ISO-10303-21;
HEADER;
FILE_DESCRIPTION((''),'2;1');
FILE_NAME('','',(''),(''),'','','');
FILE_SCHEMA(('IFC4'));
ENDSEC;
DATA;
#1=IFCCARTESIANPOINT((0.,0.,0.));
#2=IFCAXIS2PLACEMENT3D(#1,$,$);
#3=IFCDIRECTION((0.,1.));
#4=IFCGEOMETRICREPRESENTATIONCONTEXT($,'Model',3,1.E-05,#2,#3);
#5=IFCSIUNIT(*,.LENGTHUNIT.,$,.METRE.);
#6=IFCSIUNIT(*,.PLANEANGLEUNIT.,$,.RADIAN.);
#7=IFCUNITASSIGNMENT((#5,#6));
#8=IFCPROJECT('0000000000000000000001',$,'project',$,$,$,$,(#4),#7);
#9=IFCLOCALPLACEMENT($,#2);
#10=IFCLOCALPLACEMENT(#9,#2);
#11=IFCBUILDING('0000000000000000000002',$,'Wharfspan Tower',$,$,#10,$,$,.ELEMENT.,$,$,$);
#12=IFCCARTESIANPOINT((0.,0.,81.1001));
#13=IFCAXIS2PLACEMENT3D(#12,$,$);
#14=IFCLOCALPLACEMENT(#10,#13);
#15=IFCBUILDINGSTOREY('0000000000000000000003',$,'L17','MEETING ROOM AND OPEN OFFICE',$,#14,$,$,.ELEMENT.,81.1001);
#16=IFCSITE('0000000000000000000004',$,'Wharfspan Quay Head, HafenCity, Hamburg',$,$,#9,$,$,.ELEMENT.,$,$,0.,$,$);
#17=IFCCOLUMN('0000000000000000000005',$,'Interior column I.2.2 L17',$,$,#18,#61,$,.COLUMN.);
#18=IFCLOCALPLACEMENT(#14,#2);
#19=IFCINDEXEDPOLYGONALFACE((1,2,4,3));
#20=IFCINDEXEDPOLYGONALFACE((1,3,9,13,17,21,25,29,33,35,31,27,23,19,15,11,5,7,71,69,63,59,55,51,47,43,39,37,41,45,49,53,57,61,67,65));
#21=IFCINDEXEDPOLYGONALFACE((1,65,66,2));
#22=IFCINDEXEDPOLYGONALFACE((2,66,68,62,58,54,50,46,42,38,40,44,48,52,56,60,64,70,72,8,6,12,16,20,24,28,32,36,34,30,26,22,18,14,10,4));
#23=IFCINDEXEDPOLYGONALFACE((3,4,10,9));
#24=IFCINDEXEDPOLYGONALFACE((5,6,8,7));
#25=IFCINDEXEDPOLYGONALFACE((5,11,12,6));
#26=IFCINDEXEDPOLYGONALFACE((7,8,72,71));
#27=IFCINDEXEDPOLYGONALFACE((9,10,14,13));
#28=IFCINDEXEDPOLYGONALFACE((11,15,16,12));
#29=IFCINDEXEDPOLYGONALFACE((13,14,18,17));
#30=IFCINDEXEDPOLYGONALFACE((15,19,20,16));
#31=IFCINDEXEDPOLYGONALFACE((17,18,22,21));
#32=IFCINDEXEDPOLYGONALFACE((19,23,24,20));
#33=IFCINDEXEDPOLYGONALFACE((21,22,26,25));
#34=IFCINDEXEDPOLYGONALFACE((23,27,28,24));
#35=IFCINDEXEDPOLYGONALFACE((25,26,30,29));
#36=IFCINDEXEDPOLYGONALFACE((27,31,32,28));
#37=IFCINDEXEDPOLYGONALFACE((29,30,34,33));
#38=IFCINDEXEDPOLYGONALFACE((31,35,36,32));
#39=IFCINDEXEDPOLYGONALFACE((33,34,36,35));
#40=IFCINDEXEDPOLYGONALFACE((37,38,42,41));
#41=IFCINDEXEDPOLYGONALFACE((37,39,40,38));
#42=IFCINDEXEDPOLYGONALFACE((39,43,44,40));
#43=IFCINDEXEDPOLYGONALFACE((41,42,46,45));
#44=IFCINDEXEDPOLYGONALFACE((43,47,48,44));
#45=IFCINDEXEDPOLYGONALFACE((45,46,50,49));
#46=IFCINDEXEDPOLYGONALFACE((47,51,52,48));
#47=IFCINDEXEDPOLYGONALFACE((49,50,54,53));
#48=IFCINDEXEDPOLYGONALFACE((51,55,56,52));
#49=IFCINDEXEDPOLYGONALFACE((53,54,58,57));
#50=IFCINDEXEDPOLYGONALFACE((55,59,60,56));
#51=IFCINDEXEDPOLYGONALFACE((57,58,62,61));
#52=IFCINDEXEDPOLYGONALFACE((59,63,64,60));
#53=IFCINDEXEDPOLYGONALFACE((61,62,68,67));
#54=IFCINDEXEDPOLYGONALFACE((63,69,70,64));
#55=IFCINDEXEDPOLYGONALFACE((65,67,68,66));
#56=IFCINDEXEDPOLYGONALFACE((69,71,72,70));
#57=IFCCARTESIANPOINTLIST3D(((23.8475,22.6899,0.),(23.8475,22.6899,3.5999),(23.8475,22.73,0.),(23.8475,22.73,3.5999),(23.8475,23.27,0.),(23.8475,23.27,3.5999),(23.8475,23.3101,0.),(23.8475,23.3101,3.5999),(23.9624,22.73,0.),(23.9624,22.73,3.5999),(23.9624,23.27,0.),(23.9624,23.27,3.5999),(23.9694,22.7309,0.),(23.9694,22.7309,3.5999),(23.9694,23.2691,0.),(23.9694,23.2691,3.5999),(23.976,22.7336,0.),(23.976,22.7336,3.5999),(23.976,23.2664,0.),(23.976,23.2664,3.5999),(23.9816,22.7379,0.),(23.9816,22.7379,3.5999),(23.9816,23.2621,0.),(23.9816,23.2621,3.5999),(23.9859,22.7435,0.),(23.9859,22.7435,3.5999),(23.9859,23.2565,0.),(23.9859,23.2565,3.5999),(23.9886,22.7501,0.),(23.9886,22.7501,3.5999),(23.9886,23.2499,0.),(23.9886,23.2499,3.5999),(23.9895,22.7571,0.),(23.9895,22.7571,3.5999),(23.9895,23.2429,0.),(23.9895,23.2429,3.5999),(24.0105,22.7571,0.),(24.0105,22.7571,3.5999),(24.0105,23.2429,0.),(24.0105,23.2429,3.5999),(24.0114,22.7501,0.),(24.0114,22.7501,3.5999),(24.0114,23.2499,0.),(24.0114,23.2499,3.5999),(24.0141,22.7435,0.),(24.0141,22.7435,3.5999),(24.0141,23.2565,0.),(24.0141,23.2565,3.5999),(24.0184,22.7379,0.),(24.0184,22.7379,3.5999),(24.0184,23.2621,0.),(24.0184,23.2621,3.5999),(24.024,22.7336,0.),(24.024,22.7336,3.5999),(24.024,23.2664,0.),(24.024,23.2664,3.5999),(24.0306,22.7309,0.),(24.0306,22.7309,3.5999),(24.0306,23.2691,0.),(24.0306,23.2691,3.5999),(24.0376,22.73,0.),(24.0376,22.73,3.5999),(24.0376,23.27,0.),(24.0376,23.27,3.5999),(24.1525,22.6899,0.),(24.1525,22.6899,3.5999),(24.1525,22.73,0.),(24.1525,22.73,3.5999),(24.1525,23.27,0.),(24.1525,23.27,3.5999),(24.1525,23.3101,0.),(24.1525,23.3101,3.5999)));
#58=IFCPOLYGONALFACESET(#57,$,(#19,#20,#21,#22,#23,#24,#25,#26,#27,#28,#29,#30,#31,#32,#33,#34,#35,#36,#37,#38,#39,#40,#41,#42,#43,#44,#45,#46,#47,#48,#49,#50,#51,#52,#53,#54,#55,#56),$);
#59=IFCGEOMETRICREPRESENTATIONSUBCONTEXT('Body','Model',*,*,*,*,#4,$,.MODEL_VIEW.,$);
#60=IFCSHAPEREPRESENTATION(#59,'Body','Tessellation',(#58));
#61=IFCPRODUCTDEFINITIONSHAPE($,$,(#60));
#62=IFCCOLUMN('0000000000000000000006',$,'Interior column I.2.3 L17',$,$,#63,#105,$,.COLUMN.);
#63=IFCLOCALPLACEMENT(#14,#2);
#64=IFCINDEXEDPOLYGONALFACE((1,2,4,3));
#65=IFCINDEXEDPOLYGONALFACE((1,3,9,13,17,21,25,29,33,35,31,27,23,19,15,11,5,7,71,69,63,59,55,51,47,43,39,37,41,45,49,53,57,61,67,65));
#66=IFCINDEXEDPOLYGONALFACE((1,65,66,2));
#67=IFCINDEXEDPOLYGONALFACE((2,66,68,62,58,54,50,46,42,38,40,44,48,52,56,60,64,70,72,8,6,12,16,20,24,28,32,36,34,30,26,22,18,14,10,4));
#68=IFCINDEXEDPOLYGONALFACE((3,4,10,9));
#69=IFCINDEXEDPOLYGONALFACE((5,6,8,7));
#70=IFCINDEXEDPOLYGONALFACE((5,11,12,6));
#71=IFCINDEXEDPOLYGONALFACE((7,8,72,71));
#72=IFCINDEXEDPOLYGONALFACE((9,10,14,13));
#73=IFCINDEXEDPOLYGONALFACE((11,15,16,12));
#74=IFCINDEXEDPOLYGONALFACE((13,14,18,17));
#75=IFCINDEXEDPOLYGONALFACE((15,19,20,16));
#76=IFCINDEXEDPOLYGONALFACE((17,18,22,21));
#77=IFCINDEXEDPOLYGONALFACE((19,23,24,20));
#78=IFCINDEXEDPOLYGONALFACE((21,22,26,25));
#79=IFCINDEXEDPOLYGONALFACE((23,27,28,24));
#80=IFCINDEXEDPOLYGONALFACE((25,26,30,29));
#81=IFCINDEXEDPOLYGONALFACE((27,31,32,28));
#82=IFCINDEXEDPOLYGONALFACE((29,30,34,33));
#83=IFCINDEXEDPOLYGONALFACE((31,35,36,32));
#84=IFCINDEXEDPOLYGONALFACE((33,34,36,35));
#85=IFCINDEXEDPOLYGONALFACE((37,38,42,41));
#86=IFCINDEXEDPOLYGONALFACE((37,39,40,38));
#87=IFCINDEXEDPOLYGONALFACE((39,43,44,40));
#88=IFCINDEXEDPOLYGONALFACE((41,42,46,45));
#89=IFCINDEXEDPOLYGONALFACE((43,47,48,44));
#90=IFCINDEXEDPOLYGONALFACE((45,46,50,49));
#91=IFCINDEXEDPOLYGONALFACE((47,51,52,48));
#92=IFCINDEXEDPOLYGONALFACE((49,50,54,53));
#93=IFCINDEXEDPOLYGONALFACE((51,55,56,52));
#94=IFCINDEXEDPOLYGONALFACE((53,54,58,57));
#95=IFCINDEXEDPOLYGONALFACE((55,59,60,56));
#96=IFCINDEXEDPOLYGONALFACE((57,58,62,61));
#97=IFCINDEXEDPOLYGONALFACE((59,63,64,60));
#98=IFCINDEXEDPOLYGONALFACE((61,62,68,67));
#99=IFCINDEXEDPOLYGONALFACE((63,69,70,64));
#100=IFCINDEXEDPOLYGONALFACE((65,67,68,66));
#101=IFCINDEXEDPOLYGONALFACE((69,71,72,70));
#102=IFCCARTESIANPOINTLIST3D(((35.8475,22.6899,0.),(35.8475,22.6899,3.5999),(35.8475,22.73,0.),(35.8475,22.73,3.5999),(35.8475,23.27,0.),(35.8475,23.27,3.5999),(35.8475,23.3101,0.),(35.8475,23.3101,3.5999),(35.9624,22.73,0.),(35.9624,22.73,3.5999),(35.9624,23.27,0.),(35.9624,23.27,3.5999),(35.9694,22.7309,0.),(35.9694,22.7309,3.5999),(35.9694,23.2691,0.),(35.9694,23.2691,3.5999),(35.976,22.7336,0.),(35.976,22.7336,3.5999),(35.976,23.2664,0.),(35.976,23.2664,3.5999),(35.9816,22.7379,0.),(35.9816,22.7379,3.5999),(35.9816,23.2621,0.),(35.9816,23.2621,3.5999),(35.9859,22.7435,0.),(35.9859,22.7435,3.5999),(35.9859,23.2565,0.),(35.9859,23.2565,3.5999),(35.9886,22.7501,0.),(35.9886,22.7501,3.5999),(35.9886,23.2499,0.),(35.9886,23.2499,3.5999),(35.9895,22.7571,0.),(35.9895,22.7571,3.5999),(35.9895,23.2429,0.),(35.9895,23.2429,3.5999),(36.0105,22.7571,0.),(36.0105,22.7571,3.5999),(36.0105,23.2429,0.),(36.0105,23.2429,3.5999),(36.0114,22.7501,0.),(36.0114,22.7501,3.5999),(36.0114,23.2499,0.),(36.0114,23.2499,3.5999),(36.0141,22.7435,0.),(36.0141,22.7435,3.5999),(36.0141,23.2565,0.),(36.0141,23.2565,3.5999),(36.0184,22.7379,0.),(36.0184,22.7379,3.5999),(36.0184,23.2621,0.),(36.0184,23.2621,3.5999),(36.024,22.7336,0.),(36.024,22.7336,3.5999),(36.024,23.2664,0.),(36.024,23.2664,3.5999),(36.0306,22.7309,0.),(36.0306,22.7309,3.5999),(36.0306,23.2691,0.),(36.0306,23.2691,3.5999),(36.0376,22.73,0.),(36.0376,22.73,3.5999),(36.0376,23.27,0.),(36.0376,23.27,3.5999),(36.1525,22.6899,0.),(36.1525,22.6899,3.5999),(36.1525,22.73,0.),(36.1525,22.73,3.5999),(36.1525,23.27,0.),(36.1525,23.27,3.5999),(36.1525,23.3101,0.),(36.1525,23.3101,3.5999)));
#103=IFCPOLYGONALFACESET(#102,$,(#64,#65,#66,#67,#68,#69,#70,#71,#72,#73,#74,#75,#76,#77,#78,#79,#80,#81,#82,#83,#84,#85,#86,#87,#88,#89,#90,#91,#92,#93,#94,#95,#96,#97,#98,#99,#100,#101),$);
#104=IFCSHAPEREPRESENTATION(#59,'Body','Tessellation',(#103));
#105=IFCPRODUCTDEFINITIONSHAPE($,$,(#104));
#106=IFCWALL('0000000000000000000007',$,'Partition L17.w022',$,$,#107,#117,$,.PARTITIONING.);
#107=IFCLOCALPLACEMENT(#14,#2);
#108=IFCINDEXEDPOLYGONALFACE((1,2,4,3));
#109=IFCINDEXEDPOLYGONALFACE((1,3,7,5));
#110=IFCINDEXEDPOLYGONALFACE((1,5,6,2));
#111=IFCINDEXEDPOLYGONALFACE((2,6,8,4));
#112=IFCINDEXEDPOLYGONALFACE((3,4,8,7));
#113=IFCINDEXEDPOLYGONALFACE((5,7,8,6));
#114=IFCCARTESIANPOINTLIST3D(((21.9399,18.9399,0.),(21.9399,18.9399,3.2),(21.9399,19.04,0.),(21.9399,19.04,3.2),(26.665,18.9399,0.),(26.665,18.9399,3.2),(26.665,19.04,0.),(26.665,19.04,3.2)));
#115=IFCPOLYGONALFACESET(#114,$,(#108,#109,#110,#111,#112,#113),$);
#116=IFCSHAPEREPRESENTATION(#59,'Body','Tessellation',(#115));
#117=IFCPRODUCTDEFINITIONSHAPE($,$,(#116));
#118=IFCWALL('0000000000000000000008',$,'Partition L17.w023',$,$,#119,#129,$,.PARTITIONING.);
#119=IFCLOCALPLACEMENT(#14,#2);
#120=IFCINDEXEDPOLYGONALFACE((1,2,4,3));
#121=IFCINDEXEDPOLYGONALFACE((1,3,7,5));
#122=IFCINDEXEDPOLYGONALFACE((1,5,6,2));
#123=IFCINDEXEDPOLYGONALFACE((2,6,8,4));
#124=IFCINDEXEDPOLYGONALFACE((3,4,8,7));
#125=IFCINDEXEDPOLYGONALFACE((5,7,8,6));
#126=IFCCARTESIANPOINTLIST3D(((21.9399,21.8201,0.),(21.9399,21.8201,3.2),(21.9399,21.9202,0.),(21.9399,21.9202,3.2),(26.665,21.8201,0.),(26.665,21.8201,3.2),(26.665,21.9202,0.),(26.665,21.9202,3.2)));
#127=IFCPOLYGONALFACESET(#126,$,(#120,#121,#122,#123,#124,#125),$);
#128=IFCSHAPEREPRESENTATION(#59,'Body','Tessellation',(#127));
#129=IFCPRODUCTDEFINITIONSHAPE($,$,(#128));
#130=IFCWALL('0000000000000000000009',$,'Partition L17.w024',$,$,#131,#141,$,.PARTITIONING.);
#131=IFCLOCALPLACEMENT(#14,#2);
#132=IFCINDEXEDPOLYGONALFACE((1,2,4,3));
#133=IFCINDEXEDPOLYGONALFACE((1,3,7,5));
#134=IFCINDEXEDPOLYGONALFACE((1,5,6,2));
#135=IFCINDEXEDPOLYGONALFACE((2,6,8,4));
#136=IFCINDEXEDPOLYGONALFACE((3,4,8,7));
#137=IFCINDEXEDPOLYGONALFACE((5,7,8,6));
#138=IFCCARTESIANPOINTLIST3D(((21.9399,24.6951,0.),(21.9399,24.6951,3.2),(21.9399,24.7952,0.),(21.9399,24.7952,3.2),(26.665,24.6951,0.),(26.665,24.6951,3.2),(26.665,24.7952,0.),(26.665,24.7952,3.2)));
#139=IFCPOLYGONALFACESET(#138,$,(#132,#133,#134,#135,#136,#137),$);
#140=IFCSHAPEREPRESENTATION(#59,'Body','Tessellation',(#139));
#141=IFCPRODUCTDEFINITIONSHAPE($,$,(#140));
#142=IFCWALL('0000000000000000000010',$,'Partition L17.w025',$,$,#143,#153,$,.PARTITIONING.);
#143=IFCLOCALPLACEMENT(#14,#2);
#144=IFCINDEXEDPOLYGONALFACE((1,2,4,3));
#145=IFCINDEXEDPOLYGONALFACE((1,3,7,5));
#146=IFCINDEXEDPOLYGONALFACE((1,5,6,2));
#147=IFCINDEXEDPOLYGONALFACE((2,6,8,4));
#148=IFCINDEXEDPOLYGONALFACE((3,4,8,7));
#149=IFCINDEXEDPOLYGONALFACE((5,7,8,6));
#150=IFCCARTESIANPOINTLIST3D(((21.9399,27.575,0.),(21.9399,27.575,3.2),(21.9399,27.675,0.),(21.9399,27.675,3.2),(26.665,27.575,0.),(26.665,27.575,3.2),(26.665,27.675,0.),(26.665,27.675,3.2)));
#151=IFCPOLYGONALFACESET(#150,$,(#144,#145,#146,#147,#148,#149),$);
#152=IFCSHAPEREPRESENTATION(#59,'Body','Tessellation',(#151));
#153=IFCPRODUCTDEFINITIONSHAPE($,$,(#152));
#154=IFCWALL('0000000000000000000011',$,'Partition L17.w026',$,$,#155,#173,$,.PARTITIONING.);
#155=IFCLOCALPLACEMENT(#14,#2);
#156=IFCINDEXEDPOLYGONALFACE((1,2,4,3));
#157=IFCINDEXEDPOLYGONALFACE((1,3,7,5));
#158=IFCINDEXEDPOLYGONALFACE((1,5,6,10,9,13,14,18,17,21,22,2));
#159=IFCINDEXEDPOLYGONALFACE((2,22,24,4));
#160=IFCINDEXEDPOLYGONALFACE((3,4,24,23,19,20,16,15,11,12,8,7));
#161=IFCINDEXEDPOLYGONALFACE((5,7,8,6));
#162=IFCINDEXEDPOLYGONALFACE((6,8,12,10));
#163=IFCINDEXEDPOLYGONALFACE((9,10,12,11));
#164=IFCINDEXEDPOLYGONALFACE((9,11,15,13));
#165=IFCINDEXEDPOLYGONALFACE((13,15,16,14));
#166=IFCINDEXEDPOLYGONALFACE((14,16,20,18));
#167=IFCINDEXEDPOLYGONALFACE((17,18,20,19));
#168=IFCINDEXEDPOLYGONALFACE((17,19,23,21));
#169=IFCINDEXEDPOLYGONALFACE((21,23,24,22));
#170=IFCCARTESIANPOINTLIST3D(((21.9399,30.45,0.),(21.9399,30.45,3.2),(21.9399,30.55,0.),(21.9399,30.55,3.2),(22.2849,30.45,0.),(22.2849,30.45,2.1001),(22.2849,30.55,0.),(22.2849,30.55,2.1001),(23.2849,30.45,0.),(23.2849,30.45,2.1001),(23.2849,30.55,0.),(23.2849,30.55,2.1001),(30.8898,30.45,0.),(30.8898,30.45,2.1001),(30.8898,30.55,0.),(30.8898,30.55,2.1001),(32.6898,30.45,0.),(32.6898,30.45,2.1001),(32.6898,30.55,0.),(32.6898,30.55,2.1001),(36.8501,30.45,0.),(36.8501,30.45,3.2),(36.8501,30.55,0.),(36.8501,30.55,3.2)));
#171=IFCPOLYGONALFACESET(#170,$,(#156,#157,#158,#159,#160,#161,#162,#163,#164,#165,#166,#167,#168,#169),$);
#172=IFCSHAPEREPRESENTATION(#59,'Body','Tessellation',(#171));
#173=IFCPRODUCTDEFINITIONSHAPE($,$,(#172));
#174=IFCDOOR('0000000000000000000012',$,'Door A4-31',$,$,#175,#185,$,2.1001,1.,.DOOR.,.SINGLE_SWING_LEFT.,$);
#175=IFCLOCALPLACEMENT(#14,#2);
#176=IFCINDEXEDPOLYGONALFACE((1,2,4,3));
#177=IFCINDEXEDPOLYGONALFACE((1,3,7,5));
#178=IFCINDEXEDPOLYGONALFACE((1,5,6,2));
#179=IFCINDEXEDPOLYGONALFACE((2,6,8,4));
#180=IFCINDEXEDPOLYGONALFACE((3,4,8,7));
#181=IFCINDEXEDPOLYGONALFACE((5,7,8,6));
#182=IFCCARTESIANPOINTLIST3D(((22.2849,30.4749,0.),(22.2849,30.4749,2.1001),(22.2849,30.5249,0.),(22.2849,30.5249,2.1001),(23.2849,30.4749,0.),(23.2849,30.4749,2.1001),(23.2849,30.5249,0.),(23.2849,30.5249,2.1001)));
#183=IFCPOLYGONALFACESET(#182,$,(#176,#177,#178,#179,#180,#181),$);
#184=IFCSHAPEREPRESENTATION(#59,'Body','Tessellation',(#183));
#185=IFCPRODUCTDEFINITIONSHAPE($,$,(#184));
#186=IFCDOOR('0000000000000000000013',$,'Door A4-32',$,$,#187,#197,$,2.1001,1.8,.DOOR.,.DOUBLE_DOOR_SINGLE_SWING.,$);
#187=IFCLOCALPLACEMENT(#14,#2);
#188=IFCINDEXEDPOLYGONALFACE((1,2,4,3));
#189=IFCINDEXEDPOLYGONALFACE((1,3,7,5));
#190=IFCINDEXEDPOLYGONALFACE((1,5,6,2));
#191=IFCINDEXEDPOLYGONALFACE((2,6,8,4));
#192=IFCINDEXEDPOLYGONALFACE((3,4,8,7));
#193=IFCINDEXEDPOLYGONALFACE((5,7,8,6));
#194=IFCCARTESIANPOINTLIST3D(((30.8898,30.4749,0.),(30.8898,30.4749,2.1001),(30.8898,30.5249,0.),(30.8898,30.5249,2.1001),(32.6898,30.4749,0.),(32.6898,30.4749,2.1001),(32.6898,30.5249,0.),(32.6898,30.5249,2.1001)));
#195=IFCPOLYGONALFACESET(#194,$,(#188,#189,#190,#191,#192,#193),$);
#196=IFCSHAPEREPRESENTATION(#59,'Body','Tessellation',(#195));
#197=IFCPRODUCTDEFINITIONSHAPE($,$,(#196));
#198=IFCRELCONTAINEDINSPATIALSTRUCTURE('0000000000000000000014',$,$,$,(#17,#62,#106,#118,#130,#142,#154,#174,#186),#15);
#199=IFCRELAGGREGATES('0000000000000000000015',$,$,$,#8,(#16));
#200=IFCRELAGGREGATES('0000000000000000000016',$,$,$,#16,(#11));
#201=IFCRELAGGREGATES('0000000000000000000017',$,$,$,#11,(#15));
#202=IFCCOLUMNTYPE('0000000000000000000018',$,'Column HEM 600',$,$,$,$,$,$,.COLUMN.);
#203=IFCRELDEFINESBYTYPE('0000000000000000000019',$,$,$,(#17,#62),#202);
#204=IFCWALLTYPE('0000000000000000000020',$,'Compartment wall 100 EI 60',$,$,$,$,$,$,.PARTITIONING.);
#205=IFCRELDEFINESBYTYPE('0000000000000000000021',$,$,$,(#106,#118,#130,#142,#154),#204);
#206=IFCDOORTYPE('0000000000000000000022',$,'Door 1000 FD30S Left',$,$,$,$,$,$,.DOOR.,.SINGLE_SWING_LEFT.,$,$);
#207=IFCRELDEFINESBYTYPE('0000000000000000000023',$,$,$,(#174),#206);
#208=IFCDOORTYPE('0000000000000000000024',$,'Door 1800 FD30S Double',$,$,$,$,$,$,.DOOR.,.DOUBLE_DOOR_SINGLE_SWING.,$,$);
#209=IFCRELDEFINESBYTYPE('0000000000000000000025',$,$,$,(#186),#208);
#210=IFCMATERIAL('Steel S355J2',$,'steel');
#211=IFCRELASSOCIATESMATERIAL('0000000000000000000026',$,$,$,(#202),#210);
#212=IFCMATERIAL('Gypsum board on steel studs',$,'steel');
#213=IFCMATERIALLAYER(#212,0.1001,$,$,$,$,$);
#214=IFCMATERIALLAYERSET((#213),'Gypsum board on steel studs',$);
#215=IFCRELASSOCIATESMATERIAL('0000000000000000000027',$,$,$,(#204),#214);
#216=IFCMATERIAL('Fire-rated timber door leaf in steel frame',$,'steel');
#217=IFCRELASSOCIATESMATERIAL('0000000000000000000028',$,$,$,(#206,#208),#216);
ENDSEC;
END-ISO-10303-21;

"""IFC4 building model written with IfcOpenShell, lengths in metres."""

from ifc_helpers import new_model, si_unit, direction, frame, frame_2d, origin, origin_2d, place, context, subcontext, project, spatial, rectangle, i_section, extrude, material, layer, layer_set, material_profile, profile_set, type_object, element, fill, save


model = new_model("IFC4")

# Units and contexts
model_context = context("Model", 3, precision=1e-05, world=origin(), true_north=direction((0.0, 1.0)))
body_context = subcontext(model_context, "Body", "Model", "MODEL_VIEW")
ifc_project = project(units=[si_unit("LENGTHUNIT", "METRE"), si_unit("PLANEANGLEUNIT", "RADIAN")], contexts=[model_context])

# Site, building, storey
site_placement = place(None, origin())
site = spatial("IfcSite", under=ifc_project, at=site_placement, Name="Wharfspan Quay Head, HafenCity, Hamburg", CompositionType="ELEMENT", RefElevation=0.0)
building_placement = place(site_placement, origin())
building = spatial("IfcBuilding", under=site, at=building_placement, Name="Wharfspan Tower", CompositionType="ELEMENT")
storey_placement = place(building_placement, frame((0.0, 0.0, 81.1001)))
storey = spatial("IfcBuildingStorey", under=building, at=storey_placement, Name="L17", Description="MEETING ROOM AND OPEN OFFICE", CompositionType="ELEMENT", Elevation=81.1001)

# Columns
ifc_material_1 = material(Name="Steel S355J2", Category="steel")
ifc_material_profile = material_profile(ifc_material_1, i_section(OverallWidth=0.3049, OverallDepth=0.6201, WebThickness=0.021, FlangeThickness=0.04, FilletRadius=0.0271, at=origin_2d()))
ifc_profile_set = profile_set([ifc_material_profile], Name="Steel S355J2")
column_type = type_object("IfcColumnType", Name="Column HEM 600", PredefinedType="COLUMN", material=ifc_profile_set)
for number, where, z_axis, x_axis, name in (
    (1, (24.0, 23.0, 0.0), (0.0, 0.0, 1.0), (1.0, 0.0, 0.0), "Interior column I.2.2 L17"),
    (2, (36.0, 23.0, 0.0), (0.0, 0.0, 1.0), (1.0, 0.0, 0.0), "Interior column I.2.3 L17"),
):
    element("IfcColumn", number, at=place(storey_placement, frame(where, z_axis=z_axis, x_axis=x_axis)), inside=storey, type_object=column_type, Name=name, PredefinedType="COLUMN", context=body_context, shape_type="SweptSolid", body=[
        extrude(i_section(OverallWidth=0.3049, OverallDepth=0.6201, WebThickness=0.021, FlangeThickness=0.04, FilletRadius=0.0271, at=origin_2d()), origin(), (0.0, 0.0, 1.0), 3.5999),
    ])

# Walls
ifc_material_2 = material(Name="Gypsum board on steel studs", Category="steel")
ifc_layer_1 = layer(ifc_material_2, 0.1001)
ifc_layer_set_1 = layer_set([ifc_layer_1], Name="Gypsum board on steel studs")
wall_type_1 = type_object("IfcWallType", Name="Compartment wall 100 EI 60", PredefinedType="PARTITIONING", material=ifc_layer_set_1)
for number, where, z_axis, x_axis, name in (
    (3, (21.9399, 18.99, 0.0), (0.0, 0.0, 1.0), (1.0, 0.0, 0.0), "Partition L17.w022"),
    (4, (21.9399, 21.8701, 0.0), (0.0, 0.0, 1.0), (1.0, 0.0, 0.0), "Partition L17.w023"),
    (5, (21.9399, 24.7451, 0.0), (0.0, 0.0, 1.0), (1.0, 0.0, 0.0), "Partition L17.w024"),
    (6, (21.9399, 27.625, 0.0), (0.0, 0.0, 1.0), (1.0, 0.0, 0.0), "Partition L17.w025"),
):
    element("IfcWall", number, at=place(storey_placement, frame(where, z_axis=z_axis, x_axis=x_axis)), inside=storey, type_object=wall_type_1, Name=name, PredefinedType="PARTITIONING", context=body_context, shape_type="SweptSolid", body=[
        extrude(rectangle(XDim=4.7251, YDim=0.1001, at=frame_2d((2.3625, 0.0))), origin(), (0.0, 0.0, 1.0), 3.2),
    ])

# Wall, openings, doors
wall_1_placement = place(storey_placement, frame((21.9399, 30.5, 0.0), z_axis=(0.0, 0.0, 1.0), x_axis=(1.0, 0.0, 0.0)))
wall_1 = element("IfcWall", 7, at=wall_1_placement, inside=storey, type_object=wall_type_1, Name="Partition L17.w026", PredefinedType="PARTITIONING", context=body_context, shape_type="SweptSolid", body=[
    extrude(rectangle(XDim=14.9102, YDim=0.1001, at=frame_2d((7.4551, 0.0))), origin(), (0.0, 0.0, 1.0), 3.2),
])
opening_1_placement = place(wall_1_placement, frame((0.345, 0.0, 0.0)))
opening_1 = element("IfcOpeningElement", 8, at=opening_1_placement, cuts=wall_1, PredefinedType="OPENING", context=body_context, shape_type="SweptSolid", body=[
    extrude(rectangle(XDim=1.0, YDim=2.1001, at=frame_2d((0.5, 1.05))), frame((0.0, 0.0601, 0.0), z_axis=(0.0, -1.0, 0.0), x_axis=(1.0, 0.0, 0.0)), (0.0, 0.0, 1.0), 0.1201),
])
opening_2_placement = place(wall_1_placement, frame((8.95, 0.0, 0.0)))
opening_2 = element("IfcOpeningElement", 9, at=opening_2_placement, cuts=wall_1, PredefinedType="OPENING", context=body_context, shape_type="SweptSolid", body=[
    extrude(rectangle(XDim=1.8, YDim=2.1001, at=frame_2d((0.8999, 1.05))), frame((0.0, 0.0601, 0.0), z_axis=(0.0, -1.0, 0.0), x_axis=(1.0, 0.0, 0.0)), (0.0, 0.0, 1.0), 0.1201),
])
ifc_material_3 = material(Name="Fire-rated timber door leaf in steel frame", Category="steel")
door_type_1 = type_object("IfcDoorType", Name="Door 1000 FD30S Left", OperationType="SINGLE_SWING_LEFT", PredefinedType="DOOR", material=ifc_material_3)
door_1_placement = place(opening_1_placement, origin())
door_1 = element("IfcDoor", 10, at=door_1_placement, inside=storey, type_object=door_type_1, Name="Door A4-31", OperationType="SINGLE_SWING_LEFT", OverallHeight=2.1001, OverallWidth=1.0, PredefinedType="DOOR", context=body_context, shape_type="SweptSolid", body=[
    extrude(rectangle(XDim=1.0, YDim=2.1001, at=frame_2d((0.5, 1.05))), frame((0.0, 0.0249, 0.0), z_axis=(0.0, -1.0, 0.0), x_axis=(1.0, 0.0, 0.0)), (0.0, 0.0, 1.0), 0.05),
])
fill(opening_1, door_1)
door_type_2 = type_object("IfcDoorType", Name="Door 1800 FD30S Double", OperationType="DOUBLE_DOOR_SINGLE_SWING", PredefinedType="DOOR", material=ifc_material_3)
door_2_placement = place(opening_2_placement, origin())
door_2 = element("IfcDoor", 11, at=door_2_placement, inside=storey, type_object=door_type_2, Name="Door A4-32", OperationType="DOUBLE_DOOR_SINGLE_SWING", OverallHeight=2.1001, OverallWidth=1.8, PredefinedType="DOOR", context=body_context, shape_type="SweptSolid", body=[
    extrude(rectangle(XDim=1.8, YDim=2.1001, at=frame_2d((0.8999, 1.05))), frame((0.0, 0.0249, 0.0), z_axis=(0.0, -1.0, 0.0), x_axis=(1.0, 0.0, 0.0)), (0.0, 0.0, 1.0), 0.05),
])
fill(opening_2, door_2)

save(model, "model.ifc")
